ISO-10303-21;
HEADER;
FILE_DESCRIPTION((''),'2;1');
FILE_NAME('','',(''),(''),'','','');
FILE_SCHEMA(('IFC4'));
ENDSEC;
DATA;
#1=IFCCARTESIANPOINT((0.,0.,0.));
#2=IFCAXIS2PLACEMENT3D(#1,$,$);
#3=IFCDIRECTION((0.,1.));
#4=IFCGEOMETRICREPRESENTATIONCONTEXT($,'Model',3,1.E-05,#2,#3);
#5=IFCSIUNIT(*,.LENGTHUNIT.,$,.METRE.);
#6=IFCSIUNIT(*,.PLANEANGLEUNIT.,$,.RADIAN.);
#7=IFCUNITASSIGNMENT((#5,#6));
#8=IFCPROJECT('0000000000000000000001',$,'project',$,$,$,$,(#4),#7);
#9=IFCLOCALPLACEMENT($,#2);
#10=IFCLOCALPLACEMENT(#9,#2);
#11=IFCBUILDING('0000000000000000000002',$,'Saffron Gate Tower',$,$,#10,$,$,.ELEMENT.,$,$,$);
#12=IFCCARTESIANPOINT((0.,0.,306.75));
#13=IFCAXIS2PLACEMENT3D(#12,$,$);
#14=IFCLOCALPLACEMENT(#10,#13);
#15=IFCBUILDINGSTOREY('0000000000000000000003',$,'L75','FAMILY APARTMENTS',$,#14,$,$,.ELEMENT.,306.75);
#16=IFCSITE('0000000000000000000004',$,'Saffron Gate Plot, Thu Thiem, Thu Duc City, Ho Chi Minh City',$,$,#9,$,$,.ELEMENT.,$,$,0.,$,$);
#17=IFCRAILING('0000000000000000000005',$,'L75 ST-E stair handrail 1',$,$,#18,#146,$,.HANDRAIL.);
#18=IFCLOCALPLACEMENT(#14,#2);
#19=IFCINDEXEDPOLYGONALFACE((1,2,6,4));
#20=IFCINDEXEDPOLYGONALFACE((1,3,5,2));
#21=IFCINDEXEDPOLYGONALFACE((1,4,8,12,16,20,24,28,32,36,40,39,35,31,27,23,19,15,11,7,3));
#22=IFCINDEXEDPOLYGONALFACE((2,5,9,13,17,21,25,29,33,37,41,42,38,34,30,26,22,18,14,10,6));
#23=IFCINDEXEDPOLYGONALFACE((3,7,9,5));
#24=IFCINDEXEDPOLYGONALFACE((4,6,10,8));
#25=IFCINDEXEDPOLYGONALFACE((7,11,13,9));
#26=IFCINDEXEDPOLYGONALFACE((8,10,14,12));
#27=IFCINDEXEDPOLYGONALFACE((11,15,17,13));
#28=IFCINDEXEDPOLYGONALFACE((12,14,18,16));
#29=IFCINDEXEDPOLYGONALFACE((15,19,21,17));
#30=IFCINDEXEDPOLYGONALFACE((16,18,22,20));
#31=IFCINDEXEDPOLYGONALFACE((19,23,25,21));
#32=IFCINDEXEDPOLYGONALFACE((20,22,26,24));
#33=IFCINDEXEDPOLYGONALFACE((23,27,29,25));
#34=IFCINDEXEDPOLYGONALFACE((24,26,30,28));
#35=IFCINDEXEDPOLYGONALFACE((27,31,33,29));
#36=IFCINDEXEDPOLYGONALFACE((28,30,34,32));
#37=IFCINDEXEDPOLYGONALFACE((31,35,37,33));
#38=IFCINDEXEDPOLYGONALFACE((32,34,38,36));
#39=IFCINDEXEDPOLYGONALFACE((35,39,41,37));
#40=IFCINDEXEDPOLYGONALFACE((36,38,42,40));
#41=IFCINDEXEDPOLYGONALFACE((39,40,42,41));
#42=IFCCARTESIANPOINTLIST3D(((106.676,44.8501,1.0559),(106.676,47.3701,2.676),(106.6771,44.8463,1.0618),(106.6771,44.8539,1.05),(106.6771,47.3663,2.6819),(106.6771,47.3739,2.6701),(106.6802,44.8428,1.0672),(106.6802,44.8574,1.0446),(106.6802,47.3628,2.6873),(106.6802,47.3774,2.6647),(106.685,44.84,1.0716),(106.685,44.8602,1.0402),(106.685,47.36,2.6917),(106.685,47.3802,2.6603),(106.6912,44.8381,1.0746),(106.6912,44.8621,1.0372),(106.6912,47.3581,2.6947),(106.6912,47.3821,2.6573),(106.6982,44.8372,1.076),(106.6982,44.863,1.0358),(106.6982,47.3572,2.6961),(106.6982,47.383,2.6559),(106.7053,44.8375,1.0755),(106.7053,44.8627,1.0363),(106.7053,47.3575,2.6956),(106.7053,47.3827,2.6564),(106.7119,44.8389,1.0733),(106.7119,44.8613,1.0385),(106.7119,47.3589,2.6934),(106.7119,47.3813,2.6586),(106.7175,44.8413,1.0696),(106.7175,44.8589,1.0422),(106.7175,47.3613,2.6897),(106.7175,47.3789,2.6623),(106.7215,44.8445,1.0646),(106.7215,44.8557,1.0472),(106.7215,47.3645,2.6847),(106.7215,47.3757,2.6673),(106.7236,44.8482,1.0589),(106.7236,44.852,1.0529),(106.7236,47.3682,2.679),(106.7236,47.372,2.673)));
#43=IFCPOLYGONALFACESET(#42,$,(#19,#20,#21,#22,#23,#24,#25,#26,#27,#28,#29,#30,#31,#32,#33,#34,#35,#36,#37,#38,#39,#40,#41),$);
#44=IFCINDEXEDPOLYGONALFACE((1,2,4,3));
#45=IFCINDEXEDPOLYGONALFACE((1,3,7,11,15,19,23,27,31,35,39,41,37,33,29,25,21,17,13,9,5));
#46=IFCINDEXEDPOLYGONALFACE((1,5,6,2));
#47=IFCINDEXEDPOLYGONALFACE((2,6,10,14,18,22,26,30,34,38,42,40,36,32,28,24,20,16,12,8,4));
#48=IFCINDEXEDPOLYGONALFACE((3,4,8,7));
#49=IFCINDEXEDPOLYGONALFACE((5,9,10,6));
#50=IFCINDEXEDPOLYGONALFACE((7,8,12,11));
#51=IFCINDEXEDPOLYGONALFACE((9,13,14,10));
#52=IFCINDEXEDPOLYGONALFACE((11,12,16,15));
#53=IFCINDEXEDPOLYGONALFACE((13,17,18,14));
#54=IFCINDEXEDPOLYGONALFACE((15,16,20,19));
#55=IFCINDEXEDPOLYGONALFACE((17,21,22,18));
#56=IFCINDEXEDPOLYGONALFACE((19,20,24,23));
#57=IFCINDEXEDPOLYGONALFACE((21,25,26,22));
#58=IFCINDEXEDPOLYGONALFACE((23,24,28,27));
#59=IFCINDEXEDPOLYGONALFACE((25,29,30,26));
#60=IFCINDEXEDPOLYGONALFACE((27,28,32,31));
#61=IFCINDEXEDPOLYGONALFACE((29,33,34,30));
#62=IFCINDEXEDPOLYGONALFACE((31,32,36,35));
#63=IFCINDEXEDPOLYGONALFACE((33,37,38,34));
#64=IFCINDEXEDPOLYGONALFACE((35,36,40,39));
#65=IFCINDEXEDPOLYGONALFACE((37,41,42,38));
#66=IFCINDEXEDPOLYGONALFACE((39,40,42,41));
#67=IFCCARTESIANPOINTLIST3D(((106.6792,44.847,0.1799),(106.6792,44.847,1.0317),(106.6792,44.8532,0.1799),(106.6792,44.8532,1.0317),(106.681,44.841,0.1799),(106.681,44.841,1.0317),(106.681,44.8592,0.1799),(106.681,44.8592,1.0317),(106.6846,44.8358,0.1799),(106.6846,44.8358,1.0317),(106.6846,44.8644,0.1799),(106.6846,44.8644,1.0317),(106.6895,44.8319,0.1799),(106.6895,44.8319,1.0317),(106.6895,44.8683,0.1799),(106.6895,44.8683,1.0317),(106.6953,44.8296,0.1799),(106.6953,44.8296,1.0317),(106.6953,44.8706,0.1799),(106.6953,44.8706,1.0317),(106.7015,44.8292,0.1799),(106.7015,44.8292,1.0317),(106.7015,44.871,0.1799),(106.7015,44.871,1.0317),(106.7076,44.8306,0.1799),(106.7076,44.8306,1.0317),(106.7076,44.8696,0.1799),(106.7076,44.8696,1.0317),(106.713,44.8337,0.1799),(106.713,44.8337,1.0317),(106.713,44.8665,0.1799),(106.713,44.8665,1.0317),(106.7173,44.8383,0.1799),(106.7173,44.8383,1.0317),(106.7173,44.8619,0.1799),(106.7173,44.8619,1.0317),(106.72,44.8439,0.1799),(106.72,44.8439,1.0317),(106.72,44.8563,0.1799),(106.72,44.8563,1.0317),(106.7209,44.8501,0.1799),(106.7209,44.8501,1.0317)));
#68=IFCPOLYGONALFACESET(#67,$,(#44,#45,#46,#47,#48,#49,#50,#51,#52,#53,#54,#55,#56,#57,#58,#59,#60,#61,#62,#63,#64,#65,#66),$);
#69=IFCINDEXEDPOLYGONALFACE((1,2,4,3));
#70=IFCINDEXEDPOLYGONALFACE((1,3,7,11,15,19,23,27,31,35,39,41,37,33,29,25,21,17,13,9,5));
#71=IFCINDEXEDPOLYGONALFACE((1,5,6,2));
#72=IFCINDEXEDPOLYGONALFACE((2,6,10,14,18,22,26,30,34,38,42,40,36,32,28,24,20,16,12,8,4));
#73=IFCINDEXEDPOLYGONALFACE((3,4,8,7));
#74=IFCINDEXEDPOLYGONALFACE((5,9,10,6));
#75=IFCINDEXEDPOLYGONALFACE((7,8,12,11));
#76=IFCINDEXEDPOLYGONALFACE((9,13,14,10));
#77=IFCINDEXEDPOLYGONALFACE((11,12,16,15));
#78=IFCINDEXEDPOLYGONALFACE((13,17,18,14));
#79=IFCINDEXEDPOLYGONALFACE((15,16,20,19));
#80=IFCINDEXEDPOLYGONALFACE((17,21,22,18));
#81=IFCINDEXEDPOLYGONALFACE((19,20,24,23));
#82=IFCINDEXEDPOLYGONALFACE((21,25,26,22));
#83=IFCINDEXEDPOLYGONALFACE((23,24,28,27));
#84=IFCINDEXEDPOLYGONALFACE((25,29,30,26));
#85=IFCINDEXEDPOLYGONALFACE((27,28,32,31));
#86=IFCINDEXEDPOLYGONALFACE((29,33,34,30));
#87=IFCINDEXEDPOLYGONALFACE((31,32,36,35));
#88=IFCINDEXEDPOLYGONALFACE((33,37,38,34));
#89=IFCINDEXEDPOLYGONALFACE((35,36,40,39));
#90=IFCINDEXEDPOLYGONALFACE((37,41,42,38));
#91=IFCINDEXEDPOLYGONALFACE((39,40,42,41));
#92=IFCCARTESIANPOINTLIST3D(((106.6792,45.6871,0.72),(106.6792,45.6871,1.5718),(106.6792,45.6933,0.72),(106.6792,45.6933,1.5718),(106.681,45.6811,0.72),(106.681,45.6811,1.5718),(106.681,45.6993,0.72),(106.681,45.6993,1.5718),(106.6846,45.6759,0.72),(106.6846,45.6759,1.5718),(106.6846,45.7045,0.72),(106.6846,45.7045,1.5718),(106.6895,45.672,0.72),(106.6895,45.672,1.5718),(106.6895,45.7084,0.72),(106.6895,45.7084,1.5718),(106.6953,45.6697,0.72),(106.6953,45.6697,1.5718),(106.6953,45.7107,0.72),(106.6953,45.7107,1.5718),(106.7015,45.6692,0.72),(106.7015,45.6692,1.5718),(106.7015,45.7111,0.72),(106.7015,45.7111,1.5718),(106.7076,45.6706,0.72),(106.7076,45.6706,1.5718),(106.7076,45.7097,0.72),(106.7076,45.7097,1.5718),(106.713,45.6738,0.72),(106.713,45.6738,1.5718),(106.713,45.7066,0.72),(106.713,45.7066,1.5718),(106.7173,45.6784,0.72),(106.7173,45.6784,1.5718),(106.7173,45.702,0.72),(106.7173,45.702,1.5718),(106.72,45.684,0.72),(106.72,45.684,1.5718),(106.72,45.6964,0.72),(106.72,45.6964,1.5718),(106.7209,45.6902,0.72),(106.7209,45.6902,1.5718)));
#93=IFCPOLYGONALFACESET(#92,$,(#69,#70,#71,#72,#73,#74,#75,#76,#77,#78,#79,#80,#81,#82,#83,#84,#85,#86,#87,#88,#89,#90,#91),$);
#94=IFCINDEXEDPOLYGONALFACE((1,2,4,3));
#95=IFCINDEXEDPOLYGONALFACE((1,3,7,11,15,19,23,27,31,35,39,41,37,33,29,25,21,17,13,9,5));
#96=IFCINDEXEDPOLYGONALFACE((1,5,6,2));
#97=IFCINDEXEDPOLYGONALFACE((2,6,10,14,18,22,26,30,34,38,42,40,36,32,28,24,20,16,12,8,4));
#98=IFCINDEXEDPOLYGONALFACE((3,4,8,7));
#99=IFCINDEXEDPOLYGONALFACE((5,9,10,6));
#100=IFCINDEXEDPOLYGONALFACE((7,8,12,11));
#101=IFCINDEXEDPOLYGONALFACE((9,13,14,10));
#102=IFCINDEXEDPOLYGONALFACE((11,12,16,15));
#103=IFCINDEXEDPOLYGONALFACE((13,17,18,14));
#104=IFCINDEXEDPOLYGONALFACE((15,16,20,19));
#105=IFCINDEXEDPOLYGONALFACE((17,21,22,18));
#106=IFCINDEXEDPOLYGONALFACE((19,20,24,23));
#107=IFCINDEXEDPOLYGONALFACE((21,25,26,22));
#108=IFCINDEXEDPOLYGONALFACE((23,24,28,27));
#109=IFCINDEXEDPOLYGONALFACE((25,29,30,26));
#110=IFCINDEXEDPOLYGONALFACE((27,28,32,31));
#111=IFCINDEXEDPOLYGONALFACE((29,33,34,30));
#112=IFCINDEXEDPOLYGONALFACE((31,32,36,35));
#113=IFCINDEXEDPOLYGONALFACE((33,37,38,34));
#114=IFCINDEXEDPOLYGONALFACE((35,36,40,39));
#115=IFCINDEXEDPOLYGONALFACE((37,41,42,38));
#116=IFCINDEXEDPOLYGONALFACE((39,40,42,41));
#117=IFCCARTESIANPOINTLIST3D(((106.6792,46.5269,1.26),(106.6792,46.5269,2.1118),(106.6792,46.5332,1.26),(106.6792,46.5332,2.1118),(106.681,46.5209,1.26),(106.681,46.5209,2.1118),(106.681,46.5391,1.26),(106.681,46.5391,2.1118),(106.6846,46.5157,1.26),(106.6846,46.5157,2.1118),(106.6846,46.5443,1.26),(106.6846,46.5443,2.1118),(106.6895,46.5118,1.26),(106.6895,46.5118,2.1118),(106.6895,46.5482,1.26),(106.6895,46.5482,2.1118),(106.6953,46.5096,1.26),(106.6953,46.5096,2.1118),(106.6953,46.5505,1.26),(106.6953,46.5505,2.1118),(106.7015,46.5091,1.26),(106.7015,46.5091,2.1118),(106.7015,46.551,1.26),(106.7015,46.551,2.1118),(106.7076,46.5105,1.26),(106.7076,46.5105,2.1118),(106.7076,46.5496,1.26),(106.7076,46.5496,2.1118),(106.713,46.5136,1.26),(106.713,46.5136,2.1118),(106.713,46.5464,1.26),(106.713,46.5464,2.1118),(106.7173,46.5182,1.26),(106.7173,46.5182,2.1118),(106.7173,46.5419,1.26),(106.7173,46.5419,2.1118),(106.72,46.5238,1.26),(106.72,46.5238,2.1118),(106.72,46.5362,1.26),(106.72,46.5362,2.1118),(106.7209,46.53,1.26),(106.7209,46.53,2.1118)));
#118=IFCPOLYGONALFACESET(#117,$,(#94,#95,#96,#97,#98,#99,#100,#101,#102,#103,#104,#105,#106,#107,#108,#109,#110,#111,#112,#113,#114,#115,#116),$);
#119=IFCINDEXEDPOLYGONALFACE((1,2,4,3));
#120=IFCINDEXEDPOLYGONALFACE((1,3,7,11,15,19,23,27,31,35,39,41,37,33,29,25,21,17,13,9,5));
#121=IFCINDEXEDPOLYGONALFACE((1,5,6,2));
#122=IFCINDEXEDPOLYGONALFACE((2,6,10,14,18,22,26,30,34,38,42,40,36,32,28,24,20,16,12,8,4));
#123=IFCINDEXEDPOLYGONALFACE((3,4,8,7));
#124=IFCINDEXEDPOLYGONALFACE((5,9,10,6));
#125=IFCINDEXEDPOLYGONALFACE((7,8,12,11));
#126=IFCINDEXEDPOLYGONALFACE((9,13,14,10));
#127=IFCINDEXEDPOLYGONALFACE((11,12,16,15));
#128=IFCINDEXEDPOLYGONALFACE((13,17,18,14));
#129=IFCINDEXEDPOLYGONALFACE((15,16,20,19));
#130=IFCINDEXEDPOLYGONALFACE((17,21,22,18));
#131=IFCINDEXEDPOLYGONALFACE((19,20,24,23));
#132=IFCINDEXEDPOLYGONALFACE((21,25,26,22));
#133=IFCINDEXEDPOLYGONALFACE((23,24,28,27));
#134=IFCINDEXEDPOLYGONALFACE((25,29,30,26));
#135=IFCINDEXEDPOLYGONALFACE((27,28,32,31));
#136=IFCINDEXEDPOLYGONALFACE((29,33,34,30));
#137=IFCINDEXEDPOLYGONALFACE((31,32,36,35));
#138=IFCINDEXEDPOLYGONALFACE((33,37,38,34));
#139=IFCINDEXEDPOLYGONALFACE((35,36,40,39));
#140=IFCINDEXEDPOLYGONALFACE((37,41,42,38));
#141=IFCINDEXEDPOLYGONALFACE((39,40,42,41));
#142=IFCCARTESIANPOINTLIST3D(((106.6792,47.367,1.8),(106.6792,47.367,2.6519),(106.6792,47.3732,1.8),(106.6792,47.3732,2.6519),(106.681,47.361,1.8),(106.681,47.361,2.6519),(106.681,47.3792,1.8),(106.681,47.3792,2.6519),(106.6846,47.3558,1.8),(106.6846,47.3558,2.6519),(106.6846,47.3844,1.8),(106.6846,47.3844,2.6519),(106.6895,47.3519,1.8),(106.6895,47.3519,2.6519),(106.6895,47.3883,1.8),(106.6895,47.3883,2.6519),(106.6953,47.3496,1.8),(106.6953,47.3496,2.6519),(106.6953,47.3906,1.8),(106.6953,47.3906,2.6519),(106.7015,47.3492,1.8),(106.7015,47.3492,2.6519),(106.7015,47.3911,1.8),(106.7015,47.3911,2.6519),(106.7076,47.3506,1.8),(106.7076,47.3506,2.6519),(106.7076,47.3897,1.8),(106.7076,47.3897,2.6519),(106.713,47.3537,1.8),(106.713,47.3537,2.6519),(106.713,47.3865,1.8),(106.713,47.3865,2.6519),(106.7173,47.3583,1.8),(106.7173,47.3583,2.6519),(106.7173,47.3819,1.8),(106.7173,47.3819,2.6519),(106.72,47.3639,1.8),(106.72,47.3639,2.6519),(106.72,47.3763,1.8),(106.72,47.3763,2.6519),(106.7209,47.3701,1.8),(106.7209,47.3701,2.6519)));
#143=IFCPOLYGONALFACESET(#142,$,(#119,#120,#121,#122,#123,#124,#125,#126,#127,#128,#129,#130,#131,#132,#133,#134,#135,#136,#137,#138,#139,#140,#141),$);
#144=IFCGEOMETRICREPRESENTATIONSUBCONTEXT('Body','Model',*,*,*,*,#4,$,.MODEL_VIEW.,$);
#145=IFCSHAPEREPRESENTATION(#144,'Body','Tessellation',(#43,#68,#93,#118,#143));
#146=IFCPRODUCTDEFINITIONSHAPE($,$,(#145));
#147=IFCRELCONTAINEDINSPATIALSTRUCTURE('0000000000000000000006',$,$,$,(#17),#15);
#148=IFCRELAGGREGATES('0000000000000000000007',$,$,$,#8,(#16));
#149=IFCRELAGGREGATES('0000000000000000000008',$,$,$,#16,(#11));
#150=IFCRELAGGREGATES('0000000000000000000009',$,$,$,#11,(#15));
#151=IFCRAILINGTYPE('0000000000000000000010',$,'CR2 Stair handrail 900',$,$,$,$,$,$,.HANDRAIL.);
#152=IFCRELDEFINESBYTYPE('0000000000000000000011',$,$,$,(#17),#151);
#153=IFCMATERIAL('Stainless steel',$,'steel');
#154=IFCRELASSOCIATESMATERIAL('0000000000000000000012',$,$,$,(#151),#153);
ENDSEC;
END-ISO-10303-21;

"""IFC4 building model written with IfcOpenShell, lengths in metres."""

from ifc_helpers import new_model, si_unit, direction, frame, origin, origin_2d, place, context, subcontext, project, spatial, circle, extrude, material, type_object, element, save


model = new_model("IFC4")

# Units and contexts
model_context = context("Model", 3, precision=1e-05, world=origin(), true_north=direction((0.0, 1.0)))
body_context = subcontext(model_context, "Body", "Model", "MODEL_VIEW")
ifc_project = project(units=[si_unit("LENGTHUNIT", "METRE"), si_unit("PLANEANGLEUNIT", "RADIAN")], contexts=[model_context])

# Site, building, storey
site_placement = place(None, origin())
site = spatial("IfcSite", under=ifc_project, at=site_placement, Name="Saffron Gate Plot, Thu Thiem, Thu Duc City, Ho Chi Minh City", CompositionType="ELEMENT", RefElevation=0.0)
building_placement = place(site_placement, origin())
building = spatial("IfcBuilding", under=site, at=building_placement, Name="Saffron Gate Tower", CompositionType="ELEMENT")
storey_placement = place(building_placement, frame((0.0, 0.0, 306.75)))
storey = spatial("IfcBuildingStorey", under=building, at=storey_placement, Name="L75", Description="FAMILY APARTMENTS", CompositionType="ELEMENT", Elevation=306.75)

# Railing
ifc_material_1 = material(Name="Stainless steel", Category="steel")
railing_type_1 = type_object("IfcRailingType", Name="CR2 Stair handrail 900", PredefinedType="HANDRAIL", material=ifc_material_1)
railing_1_placement = place(storey_placement, frame((106.7, 44.8501, 0.1799)))
element("IfcRailing", 1, at=railing_1_placement, inside=storey, type_object=railing_type_1, Name="L75 ST-E stair handrail 1", PredefinedType="HANDRAIL", context=body_context, shape_type="SweptSolid", body=[
    extrude(circle(Radius=0.0239, at=origin_2d()), frame((0.0, 0.0, 0.876), z_axis=(0.0, 0.841163, 0.540782), x_axis=(-1.0, 0.0, 0.0)), (0.0, 0.0, 1.0), 2.9958),
    extrude(circle(Radius=0.021, at=origin_2d()), origin(), (0.0, 0.0, 1.0), 0.8518),
    extrude(circle(Radius=0.021, at=origin_2d()), frame((0.0, 0.8401, 0.54)), (0.0, 0.0, 1.0), 0.8518),
    extrude(circle(Radius=0.021, at=origin_2d()), frame((0.0, 1.6799, 1.0801)), (0.0, 0.0, 1.0), 0.8518),
    extrude(circle(Radius=0.021, at=origin_2d()), frame((0.0, 2.52, 1.6201)), (0.0, 0.0, 1.0), 0.8518),
])

save(model, "model.ifc")
